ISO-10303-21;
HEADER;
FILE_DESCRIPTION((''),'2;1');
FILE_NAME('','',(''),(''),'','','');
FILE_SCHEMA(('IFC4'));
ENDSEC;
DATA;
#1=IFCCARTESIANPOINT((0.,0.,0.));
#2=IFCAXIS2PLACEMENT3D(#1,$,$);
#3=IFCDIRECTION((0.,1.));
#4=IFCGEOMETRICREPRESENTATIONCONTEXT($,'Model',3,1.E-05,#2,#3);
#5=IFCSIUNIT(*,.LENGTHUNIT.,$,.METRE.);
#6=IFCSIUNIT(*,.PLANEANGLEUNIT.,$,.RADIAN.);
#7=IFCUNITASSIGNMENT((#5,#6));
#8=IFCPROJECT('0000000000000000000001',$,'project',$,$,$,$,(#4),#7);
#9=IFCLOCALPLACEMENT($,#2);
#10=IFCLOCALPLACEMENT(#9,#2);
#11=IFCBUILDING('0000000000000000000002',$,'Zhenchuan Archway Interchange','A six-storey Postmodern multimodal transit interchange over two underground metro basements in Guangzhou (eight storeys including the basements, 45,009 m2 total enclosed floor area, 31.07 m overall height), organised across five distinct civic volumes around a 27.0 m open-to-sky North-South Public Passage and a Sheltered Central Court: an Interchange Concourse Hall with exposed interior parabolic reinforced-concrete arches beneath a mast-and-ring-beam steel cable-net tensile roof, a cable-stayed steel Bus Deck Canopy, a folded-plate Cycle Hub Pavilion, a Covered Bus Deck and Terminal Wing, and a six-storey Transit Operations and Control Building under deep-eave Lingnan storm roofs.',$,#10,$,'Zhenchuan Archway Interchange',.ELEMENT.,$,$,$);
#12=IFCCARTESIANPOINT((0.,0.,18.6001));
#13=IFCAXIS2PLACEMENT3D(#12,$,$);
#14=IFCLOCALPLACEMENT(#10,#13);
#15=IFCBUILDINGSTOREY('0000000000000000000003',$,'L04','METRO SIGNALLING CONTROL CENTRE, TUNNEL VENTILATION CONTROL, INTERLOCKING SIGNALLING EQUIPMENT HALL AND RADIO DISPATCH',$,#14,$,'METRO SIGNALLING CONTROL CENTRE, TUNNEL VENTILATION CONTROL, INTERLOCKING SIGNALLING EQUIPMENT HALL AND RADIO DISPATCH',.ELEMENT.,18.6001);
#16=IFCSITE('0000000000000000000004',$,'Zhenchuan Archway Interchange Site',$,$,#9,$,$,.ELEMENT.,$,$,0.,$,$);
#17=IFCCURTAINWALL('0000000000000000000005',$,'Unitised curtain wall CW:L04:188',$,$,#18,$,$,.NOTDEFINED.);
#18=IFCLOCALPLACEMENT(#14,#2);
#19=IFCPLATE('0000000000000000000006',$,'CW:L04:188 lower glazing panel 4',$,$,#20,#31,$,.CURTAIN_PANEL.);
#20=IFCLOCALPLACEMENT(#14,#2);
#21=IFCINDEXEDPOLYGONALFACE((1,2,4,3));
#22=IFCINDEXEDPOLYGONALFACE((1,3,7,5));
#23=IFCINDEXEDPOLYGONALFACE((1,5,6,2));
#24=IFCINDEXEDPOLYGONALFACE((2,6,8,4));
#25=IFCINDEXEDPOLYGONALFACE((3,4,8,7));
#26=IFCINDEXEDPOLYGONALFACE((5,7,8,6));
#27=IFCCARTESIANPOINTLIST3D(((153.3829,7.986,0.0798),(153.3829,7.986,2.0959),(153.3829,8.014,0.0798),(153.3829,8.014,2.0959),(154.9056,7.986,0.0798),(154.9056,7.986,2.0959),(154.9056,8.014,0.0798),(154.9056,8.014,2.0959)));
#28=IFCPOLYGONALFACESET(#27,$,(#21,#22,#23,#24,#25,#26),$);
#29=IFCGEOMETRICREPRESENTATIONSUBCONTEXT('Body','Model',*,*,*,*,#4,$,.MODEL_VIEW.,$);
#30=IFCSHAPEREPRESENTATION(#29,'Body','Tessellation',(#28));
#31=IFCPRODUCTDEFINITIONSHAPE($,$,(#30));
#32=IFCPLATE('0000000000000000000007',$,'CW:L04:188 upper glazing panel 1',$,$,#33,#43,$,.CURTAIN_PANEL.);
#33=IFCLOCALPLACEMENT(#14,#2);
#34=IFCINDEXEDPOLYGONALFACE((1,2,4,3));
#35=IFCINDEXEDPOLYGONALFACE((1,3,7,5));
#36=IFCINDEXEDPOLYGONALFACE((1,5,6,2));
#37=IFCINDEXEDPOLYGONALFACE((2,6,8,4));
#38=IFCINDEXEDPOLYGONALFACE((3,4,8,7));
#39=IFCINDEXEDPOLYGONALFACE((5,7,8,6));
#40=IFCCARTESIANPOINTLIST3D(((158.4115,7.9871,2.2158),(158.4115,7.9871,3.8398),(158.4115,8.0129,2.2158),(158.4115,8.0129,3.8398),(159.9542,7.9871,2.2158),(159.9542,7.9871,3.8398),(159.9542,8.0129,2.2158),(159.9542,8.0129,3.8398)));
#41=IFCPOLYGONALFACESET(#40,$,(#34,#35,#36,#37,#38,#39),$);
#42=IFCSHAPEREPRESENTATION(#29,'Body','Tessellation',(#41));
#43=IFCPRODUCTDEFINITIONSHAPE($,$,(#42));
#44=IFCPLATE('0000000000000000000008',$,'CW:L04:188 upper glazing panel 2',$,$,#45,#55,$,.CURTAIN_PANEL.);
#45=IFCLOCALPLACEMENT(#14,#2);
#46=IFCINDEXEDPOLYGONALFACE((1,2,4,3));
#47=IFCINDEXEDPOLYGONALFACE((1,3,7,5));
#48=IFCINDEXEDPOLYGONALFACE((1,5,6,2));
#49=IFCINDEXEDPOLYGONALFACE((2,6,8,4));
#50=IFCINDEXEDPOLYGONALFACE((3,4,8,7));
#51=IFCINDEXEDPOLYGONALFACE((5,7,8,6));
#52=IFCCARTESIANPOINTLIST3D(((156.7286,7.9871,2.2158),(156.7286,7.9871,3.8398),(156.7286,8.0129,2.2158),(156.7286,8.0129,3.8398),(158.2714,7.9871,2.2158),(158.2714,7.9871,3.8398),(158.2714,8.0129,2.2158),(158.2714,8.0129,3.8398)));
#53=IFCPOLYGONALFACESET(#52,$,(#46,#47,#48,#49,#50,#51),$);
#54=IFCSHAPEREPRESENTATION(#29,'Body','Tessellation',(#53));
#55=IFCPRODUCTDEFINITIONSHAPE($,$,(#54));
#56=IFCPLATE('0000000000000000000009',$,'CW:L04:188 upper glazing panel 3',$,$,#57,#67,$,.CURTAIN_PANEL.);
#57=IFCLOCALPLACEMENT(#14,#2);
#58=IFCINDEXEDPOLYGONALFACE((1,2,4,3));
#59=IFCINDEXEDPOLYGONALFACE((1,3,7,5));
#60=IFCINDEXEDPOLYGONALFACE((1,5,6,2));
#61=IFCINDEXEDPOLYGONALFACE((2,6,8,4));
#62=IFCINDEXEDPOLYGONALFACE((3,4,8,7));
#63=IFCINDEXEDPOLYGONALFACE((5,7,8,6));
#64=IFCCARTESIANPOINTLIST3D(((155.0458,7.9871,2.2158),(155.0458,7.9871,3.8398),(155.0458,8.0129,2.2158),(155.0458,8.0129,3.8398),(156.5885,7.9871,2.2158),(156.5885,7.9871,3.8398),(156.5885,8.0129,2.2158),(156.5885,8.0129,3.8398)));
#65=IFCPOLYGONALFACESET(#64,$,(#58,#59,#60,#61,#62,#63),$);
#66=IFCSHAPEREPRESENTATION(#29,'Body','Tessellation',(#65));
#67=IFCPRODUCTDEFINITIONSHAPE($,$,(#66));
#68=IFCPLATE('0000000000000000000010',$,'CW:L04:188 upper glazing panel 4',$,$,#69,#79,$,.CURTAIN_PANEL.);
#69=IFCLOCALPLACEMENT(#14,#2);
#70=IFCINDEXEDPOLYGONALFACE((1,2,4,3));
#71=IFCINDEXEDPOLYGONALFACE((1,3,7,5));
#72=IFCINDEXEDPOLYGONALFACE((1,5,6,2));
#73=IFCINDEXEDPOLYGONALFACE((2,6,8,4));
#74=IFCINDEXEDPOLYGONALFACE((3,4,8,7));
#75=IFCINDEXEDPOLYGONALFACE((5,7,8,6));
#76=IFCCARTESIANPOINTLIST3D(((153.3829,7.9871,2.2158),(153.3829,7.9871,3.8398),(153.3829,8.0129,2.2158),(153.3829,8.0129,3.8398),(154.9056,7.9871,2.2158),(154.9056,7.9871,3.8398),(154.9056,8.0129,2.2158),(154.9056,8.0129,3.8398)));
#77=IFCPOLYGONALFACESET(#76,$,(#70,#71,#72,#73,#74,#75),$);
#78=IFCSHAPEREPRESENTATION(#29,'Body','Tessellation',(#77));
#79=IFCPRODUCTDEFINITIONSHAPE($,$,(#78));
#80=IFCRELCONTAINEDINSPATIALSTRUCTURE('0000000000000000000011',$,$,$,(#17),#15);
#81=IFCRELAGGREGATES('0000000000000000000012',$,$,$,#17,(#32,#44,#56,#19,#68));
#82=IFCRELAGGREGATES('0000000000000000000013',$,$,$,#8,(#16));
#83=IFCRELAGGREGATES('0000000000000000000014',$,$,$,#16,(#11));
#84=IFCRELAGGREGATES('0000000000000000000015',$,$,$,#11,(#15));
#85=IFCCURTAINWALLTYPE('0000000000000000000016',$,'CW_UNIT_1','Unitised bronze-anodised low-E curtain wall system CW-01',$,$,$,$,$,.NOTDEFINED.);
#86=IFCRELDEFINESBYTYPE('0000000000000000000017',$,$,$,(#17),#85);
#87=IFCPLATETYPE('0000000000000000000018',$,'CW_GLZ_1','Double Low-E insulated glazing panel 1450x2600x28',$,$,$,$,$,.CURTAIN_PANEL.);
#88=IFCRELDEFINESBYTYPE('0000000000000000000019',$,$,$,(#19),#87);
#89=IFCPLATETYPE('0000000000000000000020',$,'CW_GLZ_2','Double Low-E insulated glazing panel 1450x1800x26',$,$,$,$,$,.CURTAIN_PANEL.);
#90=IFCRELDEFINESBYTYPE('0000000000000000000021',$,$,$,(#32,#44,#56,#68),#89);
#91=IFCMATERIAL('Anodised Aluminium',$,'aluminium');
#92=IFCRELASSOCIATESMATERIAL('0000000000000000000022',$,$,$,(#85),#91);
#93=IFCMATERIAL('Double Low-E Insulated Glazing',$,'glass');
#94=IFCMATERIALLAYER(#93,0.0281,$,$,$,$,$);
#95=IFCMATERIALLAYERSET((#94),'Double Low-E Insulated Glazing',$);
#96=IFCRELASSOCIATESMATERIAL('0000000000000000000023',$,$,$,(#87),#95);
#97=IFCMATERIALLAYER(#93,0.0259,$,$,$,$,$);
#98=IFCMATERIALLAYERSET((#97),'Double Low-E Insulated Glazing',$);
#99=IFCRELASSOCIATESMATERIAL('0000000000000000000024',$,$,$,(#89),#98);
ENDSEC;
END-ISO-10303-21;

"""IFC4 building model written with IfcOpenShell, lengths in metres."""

from ifc_helpers import new_model, si_unit, direction, frame, origin, origin_2d, place, context, subcontext, project, spatial, rectangle, extrude, material, layer, layer_set, type_object, element, aggregate, save


model = new_model("IFC4")

# Units and contexts
model_context = context("Model", 3, precision=1e-05, world=origin(), true_north=direction((0.0, 1.0)))
body_context = subcontext(model_context, "Body", "Model", "MODEL_VIEW")
ifc_project = project(units=[si_unit("LENGTHUNIT", "METRE"), si_unit("PLANEANGLEUNIT", "RADIAN")], contexts=[model_context])

# Site, building, storey
site_placement = place(None, origin())
site = spatial("IfcSite", under=ifc_project, at=site_placement, Name="Zhenchuan Archway Interchange Site", CompositionType="ELEMENT", RefElevation=0.0)
building_placement = place(site_placement, origin())
building = spatial("IfcBuilding", under=site, at=building_placement, Name="Zhenchuan Archway Interchange", Description="A six-storey Postmodern multimodal transit interchange over two underground metro basements in Guangzhou (eight storeys including the basements, 45,009 m2 total enclosed floor area, 31.07 m overall height), organised across five distinct civic volumes around a 27.0 m open-to-sky North-South Public Passage and a Sheltered Central Court: an Interchange Concourse Hall with exposed interior parabolic reinforced-concrete arches beneath a mast-and-ring-beam steel cable-net tensile roof, a cable-stayed steel Bus Deck Canopy, a folded-plate Cycle Hub Pavilion, a Covered Bus Deck and Terminal Wing, and a six-storey Transit Operations and Control Building under deep-eave Lingnan storm roofs.", LongName="Zhenchuan Archway Interchange", CompositionType="ELEMENT")
storey_placement = place(building_placement, frame((0.0, 0.0, 18.6001)))
storey = spatial("IfcBuildingStorey", under=building, at=storey_placement, Name="L04", Description="METRO SIGNALLING CONTROL CENTRE, TUNNEL VENTILATION CONTROL, INTERLOCKING SIGNALLING EQUIPMENT HALL AND RADIO DISPATCH", LongName="METRO SIGNALLING CONTROL CENTRE, TUNNEL VENTILATION CONTROL, INTERLOCKING SIGNALLING EQUIPMENT HALL AND RADIO DISPATCH", CompositionType="ELEMENT", Elevation=18.6001)

# Curtain wall
ifc_material_1 = material(Name="Anodised Aluminium", Category="aluminium")
curtain_wall_type = type_object("IfcCurtainWallType", Name="CW_UNIT_1", Description="Unitised bronze-anodised low-E curtain wall system CW-01", PredefinedType="NOTDEFINED", material=ifc_material_1)
curtain_wall_placement = place(storey_placement, origin())
curtain_wall = element("IfcCurtainWall", 1, at=curtain_wall_placement, inside=storey, type_object=curtain_wall_type, Name="Unitised curtain wall CW:L04:188", PredefinedType="NOTDEFINED")

# Plates
ifc_material_2 = material(Name="Double Low-E Insulated Glazing", Category="glass")
ifc_layer_1 = layer(ifc_material_2, 0.0281)
ifc_layer_set_1 = layer_set([ifc_layer_1], Name="Double Low-E Insulated Glazing")
plate_type_1 = type_object("IfcPlateType", Name="CW_GLZ_1", Description="Double Low-E insulated glazing panel 1450x2600x28", PredefinedType="CURTAIN_PANEL", material=ifc_layer_set_1)
plate_1_placement = place(storey_placement, frame((154.1443, 8.0, 0.0798), z_axis=(0.0, 0.0, 1.0), x_axis=(-1.0, 0.0, 0.0)))
plate_1 = element("IfcPlate", 2, at=plate_1_placement, type_object=plate_type_1, Name="CW:L04:188 lower glazing panel 4", PredefinedType="CURTAIN_PANEL", context=body_context, shape_type="SweptSolid", body=[
    extrude(rectangle(XDim=1.5227, YDim=0.0281, at=origin_2d()), origin(), (0.0, 0.0, 1.0), 2.0161),
])
ifc_layer_2 = layer(ifc_material_2, 0.0259)
ifc_layer_set_2 = layer_set([ifc_layer_2], Name="Double Low-E Insulated Glazing")
plate_type_2 = type_object("IfcPlateType", Name="CW_GLZ_2", Description="Double Low-E insulated glazing panel 1450x1800x26", PredefinedType="CURTAIN_PANEL", material=ifc_layer_set_2)
plate_2_placement = place(storey_placement, frame((159.1829, 8.0, 2.2158), z_axis=(0.0, 0.0, 1.0), x_axis=(-1.0, 0.0, 0.0)))
plate_2 = element("IfcPlate", 3, at=plate_2_placement, type_object=plate_type_2, Name="CW:L04:188 upper glazing panel 1", PredefinedType="CURTAIN_PANEL", context=body_context, shape_type="SweptSolid", body=[
    extrude(rectangle(XDim=1.5427, YDim=0.0259, at=origin_2d()), origin(), (0.0, 0.0, 1.0), 1.624),
])
plate_3_placement = place(storey_placement, frame((157.5, 8.0, 2.2158), z_axis=(0.0, 0.0, 1.0), x_axis=(-1.0, 0.0, 0.0)))
plate_3 = element("IfcPlate", 4, at=plate_3_placement, type_object=plate_type_2, Name="CW:L04:188 upper glazing panel 2", PredefinedType="CURTAIN_PANEL", context=body_context, shape_type="SweptSolid", body=[
    extrude(rectangle(XDim=1.5427, YDim=0.0259, at=origin_2d()), origin(), (0.0, 0.0, 1.0), 1.624),
])
plate_4_placement = place(storey_placement, frame((155.8171, 8.0, 2.2158), z_axis=(0.0, 0.0, 1.0), x_axis=(-1.0, 0.0, 0.0)))
plate_4 = element("IfcPlate", 5, at=plate_4_placement, type_object=plate_type_2, Name="CW:L04:188 upper glazing panel 3", PredefinedType="CURTAIN_PANEL", context=body_context, shape_type="SweptSolid", body=[
    extrude(rectangle(XDim=1.5427, YDim=0.0259, at=origin_2d()), origin(), (0.0, 0.0, 1.0), 1.624),
])
plate_5_placement = place(storey_placement, frame((154.1443, 8.0, 2.2158), z_axis=(0.0, 0.0, 1.0), x_axis=(-1.0, 0.0, 0.0)))
plate_5 = element("IfcPlate", 6, at=plate_5_placement, type_object=plate_type_2, Name="CW:L04:188 upper glazing panel 4", PredefinedType="CURTAIN_PANEL", context=body_context, shape_type="SweptSolid", body=[
    extrude(rectangle(XDim=1.5227, YDim=0.0259, at=origin_2d()), origin(), (0.0, 0.0, 1.0), 1.624),
])
aggregate(curtain_wall, [plate_2, plate_3, plate_4, plate_1, plate_5])

save(model, "model.ifc")
